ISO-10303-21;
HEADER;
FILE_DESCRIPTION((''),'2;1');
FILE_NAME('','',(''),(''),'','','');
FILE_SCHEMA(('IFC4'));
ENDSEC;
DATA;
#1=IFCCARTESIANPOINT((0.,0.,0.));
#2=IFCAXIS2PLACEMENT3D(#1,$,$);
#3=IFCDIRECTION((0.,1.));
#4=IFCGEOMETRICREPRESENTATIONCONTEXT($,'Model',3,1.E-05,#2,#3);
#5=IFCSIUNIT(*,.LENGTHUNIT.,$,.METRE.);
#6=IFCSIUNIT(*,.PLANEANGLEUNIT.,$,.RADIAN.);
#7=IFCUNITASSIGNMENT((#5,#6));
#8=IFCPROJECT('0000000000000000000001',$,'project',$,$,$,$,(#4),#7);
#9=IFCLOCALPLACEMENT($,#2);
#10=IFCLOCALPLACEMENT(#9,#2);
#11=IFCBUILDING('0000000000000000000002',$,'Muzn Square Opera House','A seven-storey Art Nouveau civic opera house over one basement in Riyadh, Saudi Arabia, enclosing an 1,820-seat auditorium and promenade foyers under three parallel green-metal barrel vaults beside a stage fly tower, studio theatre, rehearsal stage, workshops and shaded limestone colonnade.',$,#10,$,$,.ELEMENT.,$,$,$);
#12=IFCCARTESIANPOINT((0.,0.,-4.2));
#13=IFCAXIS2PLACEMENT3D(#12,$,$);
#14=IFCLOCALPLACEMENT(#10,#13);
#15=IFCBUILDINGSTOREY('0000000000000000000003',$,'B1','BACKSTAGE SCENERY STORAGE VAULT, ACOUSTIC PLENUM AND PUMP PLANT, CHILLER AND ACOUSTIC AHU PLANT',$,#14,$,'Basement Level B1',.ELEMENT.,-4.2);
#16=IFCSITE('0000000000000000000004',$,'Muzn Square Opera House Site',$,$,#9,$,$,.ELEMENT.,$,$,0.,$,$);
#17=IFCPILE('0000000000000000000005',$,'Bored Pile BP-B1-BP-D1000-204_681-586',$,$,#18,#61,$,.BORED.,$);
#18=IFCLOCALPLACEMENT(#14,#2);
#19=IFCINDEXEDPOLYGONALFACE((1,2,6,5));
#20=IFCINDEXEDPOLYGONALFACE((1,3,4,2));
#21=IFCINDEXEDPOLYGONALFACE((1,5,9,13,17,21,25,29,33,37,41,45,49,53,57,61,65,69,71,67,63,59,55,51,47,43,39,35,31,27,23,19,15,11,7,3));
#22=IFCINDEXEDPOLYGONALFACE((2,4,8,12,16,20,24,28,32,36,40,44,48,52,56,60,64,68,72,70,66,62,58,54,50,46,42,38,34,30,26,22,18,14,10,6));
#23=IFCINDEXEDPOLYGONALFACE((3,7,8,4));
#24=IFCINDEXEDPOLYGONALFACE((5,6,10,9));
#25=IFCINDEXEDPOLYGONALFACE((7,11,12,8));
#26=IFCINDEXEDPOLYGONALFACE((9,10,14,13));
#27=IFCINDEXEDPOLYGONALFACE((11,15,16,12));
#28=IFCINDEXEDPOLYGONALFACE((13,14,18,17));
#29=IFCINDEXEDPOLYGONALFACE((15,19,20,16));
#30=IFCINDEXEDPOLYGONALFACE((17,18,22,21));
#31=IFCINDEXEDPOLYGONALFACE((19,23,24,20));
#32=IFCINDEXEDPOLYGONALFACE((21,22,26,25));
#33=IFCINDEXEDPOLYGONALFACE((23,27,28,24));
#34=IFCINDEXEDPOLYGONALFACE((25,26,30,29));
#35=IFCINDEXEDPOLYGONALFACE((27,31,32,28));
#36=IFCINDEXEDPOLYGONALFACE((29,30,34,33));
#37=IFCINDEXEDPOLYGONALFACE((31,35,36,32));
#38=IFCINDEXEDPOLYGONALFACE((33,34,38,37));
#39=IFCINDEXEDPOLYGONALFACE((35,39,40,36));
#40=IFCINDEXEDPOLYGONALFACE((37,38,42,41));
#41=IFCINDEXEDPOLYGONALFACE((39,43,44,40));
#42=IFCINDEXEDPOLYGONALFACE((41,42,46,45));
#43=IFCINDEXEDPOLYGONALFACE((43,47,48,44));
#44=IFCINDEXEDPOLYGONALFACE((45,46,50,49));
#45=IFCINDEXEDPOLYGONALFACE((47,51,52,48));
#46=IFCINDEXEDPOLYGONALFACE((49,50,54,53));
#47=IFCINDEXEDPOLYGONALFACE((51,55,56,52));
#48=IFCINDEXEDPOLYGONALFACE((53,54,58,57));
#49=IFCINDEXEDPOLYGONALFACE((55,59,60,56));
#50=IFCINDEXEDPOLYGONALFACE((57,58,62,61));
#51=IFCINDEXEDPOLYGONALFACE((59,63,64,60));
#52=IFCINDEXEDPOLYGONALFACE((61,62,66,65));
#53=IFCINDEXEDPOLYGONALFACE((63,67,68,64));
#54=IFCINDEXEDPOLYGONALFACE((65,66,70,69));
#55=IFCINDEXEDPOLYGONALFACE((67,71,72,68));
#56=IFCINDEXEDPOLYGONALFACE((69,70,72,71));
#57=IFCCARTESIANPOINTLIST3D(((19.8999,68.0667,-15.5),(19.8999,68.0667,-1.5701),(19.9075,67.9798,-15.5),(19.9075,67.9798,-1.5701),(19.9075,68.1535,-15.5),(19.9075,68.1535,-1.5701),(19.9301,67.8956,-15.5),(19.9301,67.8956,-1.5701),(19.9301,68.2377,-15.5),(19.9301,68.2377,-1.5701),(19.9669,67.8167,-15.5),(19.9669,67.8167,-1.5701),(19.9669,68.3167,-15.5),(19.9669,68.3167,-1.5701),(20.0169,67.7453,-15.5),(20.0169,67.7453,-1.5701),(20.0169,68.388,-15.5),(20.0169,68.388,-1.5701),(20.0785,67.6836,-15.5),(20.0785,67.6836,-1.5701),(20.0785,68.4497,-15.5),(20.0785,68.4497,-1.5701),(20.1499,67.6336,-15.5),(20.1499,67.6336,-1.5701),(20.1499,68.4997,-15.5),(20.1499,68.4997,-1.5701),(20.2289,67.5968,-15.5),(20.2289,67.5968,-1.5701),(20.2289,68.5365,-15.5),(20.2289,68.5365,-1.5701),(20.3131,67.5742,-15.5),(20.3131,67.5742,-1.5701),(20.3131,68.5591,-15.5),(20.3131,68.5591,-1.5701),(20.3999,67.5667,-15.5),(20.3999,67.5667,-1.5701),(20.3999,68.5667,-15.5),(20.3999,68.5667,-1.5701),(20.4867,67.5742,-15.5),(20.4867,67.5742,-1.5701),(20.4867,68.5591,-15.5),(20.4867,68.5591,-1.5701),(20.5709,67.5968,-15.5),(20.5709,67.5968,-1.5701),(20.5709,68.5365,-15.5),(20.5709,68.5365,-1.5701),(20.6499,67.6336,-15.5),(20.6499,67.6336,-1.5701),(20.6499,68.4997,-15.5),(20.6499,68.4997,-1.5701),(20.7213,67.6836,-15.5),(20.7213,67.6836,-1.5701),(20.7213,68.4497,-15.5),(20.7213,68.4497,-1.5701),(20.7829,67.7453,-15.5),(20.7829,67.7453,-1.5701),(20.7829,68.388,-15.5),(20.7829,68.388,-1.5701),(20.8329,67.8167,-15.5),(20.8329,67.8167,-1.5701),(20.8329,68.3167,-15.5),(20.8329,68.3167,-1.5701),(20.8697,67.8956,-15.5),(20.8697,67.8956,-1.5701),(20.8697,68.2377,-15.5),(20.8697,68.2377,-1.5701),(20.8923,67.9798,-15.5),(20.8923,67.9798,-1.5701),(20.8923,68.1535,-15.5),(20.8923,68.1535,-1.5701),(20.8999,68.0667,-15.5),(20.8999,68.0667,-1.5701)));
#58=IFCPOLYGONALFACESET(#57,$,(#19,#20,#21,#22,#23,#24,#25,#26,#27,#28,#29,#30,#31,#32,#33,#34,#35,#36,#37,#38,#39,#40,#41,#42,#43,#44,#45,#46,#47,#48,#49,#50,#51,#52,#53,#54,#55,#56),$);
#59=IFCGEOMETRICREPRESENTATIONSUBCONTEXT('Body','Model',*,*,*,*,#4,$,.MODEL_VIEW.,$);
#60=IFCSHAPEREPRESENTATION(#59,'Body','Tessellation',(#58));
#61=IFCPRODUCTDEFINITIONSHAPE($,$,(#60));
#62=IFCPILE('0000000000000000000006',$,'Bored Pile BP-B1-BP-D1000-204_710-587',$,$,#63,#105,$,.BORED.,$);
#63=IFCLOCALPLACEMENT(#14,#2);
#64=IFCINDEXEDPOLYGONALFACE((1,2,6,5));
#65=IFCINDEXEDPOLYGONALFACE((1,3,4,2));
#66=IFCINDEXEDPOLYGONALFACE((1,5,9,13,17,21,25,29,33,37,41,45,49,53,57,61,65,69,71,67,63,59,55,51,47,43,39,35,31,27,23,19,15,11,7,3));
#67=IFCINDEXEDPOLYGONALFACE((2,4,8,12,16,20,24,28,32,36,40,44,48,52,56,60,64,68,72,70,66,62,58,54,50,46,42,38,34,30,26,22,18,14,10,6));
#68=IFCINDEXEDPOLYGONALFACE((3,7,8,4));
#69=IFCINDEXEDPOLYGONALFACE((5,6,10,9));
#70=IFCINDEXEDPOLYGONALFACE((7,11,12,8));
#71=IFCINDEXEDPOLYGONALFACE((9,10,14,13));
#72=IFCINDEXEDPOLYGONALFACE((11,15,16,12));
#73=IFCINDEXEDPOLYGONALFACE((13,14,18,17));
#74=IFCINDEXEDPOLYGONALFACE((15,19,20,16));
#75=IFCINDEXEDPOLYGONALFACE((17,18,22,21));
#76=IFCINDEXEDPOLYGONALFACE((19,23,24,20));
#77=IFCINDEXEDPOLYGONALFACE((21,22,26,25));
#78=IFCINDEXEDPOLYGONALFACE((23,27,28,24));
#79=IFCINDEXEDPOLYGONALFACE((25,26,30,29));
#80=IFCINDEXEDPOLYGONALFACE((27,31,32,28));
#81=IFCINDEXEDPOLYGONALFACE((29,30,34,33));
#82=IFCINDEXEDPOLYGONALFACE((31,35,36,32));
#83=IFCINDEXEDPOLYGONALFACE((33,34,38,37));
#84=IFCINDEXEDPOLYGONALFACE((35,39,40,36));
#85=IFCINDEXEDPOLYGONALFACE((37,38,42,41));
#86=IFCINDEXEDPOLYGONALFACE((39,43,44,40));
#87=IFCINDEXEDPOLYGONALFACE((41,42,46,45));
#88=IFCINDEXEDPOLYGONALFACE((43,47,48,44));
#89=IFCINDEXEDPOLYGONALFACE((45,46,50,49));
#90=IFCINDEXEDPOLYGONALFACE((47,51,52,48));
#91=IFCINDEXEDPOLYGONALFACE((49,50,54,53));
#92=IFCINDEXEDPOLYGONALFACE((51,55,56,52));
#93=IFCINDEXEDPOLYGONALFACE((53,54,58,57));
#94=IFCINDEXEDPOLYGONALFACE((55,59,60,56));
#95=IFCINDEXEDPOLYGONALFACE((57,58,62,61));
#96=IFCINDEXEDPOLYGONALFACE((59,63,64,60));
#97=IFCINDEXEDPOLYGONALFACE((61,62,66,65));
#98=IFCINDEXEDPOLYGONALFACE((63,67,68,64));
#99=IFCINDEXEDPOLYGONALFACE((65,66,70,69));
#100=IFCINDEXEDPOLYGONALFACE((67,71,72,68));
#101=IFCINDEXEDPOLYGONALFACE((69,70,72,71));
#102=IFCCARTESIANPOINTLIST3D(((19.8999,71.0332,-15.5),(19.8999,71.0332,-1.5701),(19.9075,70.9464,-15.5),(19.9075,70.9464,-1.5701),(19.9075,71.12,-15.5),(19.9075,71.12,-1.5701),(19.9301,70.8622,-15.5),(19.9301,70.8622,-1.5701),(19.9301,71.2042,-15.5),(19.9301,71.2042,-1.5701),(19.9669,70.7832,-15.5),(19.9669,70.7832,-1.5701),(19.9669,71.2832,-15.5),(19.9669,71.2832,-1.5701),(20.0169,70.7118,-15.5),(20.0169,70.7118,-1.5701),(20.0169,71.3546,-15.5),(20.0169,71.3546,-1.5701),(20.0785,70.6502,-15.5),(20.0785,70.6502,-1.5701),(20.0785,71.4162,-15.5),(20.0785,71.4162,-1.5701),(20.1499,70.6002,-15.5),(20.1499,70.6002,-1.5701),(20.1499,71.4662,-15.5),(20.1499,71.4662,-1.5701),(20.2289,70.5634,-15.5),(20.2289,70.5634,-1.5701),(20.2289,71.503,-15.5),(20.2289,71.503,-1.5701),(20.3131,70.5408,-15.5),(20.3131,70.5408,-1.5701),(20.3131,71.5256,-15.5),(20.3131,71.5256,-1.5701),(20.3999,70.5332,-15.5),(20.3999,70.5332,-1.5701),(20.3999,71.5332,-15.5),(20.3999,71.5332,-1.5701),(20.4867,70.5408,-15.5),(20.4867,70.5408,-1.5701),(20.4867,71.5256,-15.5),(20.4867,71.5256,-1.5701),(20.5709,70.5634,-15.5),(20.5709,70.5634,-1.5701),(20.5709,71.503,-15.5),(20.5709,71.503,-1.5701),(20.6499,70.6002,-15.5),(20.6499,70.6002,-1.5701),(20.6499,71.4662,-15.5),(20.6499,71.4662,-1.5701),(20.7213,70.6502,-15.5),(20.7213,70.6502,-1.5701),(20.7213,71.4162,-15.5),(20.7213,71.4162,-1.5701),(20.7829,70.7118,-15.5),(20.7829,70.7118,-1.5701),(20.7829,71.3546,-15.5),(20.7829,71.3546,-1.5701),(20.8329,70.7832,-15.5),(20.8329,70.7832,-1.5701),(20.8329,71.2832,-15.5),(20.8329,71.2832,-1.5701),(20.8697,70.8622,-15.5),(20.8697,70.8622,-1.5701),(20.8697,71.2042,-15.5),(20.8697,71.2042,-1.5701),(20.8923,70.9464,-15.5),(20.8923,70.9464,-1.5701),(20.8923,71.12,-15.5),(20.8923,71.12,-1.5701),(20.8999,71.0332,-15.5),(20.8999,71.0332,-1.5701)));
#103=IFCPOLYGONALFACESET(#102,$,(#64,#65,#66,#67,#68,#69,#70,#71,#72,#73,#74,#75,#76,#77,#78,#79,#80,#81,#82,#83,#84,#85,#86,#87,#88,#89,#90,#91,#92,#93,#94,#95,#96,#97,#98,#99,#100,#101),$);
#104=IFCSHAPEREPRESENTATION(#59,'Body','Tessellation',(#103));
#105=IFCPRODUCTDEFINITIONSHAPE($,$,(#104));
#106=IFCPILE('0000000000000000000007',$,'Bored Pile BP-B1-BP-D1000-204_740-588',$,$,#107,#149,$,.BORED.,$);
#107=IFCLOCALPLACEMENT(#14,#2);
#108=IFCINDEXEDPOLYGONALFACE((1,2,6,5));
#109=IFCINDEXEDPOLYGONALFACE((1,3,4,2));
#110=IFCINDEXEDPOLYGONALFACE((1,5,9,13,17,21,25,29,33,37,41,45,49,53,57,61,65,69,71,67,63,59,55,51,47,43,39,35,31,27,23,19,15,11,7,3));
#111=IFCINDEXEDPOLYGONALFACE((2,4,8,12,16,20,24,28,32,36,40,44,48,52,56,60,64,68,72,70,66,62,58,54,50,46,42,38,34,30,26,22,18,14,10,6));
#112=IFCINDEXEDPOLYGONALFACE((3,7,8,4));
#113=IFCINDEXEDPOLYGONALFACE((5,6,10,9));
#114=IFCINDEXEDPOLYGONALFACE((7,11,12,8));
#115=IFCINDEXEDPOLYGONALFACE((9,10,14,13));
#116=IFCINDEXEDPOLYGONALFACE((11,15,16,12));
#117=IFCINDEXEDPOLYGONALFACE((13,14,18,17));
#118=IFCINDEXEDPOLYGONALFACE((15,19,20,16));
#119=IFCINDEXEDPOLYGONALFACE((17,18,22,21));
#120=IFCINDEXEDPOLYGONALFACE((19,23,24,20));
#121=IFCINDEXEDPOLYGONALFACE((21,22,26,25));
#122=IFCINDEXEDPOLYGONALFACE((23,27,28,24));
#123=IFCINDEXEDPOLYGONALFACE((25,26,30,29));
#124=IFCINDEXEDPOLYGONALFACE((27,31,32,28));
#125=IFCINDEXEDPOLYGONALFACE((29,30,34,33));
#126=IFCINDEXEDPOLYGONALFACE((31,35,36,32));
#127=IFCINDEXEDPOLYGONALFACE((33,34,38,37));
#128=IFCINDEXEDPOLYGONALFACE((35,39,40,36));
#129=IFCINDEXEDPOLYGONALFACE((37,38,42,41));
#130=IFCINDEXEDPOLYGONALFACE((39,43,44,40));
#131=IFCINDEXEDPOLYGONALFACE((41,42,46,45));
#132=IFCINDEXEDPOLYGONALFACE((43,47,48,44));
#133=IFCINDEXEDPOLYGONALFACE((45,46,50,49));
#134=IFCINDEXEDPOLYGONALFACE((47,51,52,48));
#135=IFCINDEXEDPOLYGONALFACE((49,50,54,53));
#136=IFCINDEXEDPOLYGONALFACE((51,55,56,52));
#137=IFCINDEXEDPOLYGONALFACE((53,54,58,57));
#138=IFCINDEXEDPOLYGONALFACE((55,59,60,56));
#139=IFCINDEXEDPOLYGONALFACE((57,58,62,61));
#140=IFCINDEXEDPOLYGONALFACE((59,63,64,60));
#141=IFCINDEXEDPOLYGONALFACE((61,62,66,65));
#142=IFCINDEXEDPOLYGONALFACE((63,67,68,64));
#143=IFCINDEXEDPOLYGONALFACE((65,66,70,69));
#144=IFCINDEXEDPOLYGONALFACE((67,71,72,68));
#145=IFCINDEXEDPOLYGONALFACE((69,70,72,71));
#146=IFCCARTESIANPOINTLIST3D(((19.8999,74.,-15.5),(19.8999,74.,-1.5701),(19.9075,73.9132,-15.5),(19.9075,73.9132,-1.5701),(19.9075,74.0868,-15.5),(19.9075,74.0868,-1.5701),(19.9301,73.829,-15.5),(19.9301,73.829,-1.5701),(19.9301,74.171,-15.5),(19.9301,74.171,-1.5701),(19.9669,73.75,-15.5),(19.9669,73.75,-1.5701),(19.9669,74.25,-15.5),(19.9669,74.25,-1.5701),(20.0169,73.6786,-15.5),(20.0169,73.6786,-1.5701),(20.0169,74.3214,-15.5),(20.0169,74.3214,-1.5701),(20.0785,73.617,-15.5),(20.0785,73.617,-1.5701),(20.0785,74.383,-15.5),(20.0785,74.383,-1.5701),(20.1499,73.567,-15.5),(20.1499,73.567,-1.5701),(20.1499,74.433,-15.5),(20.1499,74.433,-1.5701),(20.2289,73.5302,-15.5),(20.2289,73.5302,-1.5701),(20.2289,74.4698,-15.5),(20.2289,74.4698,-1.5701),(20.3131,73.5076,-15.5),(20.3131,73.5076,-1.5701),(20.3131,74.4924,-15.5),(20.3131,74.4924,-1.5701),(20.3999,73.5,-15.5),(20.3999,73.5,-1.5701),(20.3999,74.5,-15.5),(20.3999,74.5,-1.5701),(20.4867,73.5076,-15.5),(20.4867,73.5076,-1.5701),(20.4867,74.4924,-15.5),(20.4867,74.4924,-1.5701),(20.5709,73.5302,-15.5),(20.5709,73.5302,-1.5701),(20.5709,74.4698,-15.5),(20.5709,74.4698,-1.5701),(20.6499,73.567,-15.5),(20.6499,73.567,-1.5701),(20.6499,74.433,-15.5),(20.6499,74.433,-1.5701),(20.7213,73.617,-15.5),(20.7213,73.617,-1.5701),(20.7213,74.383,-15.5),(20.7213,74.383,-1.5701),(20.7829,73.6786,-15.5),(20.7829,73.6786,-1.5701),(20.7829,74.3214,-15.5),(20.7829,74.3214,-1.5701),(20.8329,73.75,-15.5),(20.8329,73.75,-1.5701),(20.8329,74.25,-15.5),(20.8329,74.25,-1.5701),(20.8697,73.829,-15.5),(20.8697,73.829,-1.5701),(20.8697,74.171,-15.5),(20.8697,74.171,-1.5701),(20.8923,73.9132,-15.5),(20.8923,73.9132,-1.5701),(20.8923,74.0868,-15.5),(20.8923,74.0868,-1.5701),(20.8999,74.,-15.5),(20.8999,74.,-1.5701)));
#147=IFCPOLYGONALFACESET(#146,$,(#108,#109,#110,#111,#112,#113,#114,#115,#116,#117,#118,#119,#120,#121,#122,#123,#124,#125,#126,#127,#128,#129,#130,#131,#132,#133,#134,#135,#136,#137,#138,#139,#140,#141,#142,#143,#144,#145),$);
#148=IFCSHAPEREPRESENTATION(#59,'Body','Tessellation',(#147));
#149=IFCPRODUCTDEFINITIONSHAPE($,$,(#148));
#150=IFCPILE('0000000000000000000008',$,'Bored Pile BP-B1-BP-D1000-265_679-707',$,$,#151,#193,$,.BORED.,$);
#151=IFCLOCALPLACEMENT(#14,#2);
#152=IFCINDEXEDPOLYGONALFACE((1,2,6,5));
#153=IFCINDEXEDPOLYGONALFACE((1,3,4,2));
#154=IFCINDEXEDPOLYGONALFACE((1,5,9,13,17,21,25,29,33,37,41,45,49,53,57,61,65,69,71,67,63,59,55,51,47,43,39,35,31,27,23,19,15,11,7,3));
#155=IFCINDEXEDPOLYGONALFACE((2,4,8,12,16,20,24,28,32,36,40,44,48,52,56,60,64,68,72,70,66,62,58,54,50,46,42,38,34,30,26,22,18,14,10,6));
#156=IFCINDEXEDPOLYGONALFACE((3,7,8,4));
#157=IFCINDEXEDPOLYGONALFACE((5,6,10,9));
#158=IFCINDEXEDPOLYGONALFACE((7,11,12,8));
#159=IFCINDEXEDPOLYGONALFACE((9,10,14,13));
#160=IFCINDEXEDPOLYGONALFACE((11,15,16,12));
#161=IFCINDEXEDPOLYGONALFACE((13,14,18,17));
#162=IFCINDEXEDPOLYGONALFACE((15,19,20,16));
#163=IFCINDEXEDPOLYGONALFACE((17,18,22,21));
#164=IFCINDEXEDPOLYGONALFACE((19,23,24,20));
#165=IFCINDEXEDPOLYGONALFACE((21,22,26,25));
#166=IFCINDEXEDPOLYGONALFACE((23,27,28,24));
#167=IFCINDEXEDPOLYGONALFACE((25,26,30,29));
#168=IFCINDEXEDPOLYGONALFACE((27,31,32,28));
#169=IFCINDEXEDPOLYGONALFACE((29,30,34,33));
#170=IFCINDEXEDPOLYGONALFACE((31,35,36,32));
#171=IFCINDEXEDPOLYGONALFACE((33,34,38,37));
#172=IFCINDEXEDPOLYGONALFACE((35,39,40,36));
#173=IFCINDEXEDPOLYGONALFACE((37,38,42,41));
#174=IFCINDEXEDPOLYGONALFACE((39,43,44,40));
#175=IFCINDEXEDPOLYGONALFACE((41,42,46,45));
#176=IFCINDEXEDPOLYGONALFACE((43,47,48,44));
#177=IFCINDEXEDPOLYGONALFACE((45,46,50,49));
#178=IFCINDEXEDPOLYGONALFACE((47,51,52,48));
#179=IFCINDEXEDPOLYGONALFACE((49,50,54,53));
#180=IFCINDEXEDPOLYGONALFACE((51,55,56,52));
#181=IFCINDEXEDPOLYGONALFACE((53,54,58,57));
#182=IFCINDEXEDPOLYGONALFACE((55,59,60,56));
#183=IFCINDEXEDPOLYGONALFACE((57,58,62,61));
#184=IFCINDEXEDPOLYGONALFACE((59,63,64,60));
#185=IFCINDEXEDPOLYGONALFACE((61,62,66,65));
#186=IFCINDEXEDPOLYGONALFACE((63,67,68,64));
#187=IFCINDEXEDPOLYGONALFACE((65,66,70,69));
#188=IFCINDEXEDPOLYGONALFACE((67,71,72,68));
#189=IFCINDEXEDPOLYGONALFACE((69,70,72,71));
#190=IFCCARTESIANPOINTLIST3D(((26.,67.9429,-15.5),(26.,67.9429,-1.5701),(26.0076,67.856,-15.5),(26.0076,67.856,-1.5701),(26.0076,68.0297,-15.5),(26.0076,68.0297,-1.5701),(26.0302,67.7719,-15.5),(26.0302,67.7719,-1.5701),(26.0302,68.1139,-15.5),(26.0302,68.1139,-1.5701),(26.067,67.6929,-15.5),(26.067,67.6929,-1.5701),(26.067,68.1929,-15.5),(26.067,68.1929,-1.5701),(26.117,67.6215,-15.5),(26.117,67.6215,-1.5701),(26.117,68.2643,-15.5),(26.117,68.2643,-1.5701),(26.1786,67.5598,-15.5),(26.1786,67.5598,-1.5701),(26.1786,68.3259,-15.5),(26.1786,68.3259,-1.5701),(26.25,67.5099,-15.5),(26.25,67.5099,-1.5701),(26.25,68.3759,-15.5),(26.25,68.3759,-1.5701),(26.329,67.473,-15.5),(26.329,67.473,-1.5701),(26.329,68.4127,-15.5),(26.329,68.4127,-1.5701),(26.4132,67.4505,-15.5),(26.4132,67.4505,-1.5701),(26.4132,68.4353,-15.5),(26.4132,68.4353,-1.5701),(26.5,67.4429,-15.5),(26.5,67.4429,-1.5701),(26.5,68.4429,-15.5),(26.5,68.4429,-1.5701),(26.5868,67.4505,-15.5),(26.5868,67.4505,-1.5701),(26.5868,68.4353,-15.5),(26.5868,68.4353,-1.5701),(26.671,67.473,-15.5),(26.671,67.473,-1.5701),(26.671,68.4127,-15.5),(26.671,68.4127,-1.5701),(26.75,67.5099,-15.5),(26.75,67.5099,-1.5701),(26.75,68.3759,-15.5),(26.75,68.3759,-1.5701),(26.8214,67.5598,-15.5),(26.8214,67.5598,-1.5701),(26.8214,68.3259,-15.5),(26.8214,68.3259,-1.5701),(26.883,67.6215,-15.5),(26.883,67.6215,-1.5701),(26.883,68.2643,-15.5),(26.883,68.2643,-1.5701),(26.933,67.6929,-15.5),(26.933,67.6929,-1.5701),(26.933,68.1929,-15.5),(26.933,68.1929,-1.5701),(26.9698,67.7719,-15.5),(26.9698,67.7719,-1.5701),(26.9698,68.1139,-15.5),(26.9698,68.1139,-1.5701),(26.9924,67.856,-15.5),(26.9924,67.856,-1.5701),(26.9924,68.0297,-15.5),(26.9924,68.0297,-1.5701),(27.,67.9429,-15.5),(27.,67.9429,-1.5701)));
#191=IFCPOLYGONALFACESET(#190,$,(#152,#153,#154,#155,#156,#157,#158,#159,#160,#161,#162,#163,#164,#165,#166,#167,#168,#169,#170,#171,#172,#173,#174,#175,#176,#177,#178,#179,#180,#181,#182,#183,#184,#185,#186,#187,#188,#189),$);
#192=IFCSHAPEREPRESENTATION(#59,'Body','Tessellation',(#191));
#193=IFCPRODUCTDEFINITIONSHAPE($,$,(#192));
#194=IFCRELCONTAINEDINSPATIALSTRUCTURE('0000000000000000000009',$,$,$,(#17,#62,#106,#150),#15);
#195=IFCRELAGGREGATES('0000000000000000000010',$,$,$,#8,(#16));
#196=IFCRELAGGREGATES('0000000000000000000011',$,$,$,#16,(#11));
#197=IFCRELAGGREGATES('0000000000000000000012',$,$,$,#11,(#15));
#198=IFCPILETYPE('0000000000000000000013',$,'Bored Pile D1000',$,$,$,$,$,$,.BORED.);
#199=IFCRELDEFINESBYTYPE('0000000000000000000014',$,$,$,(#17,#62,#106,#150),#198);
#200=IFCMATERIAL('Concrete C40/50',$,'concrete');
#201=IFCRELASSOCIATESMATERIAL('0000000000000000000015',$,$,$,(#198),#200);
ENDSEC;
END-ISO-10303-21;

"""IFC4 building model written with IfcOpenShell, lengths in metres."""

from ifc_helpers import new_model, si_unit, direction, frame, origin, origin_2d, place, context, subcontext, project, spatial, circle, extrude, material, material_profile, profile_set, type_object, element, save


model = new_model("IFC4")

# Units and contexts
model_context = context("Model", 3, precision=1e-05, world=origin(), true_north=direction((0.0, 1.0)))
body_context = subcontext(model_context, "Body", "Model", "MODEL_VIEW")
ifc_project = project(units=[si_unit("LENGTHUNIT", "METRE"), si_unit("PLANEANGLEUNIT", "RADIAN")], contexts=[model_context])

# Site, building, storey
site_placement = place(None, origin())
site = spatial("IfcSite", under=ifc_project, at=site_placement, Name="Muzn Square Opera House Site", CompositionType="ELEMENT", RefElevation=0.0)
building_placement = place(site_placement, origin())
building = spatial("IfcBuilding", under=site, at=building_placement, Name="Muzn Square Opera House", Description="A seven-storey Art Nouveau civic opera house over one basement in Riyadh, Saudi Arabia, enclosing an 1,820-seat auditorium and promenade foyers under three parallel green-metal barrel vaults beside a stage fly tower, studio theatre, rehearsal stage, workshops and shaded limestone colonnade.", CompositionType="ELEMENT")
storey_placement = place(building_placement, frame((0.0, 0.0, -4.2)))
storey = spatial("IfcBuildingStorey", under=building, at=storey_placement, Name="B1", Description="BACKSTAGE SCENERY STORAGE VAULT, ACOUSTIC PLENUM AND PUMP PLANT, CHILLER AND ACOUSTIC AHU PLANT", LongName="Basement Level B1", CompositionType="ELEMENT", Elevation=-4.2)

# Piles
ifc_material_1 = material(Name="Concrete C40/50", Category="concrete")
ifc_material_profile_1 = material_profile(ifc_material_1, circle(Radius=0.5, at=origin_2d()), Name="BORED PILE D1000", Category="concrete")
ifc_profile_set_1 = profile_set([ifc_material_profile_1], Name="Concrete C40/50")
pile_type = type_object("IfcPileType", Name="Bored Pile D1000", PredefinedType="BORED", material=ifc_profile_set_1)
for number, where, z_axis, x_axis, name in (
    (1, (20.3999, 68.0667, -1.5701), (0.0, 0.0, -1.0), (1.0, 0.0, 0.0), "Bored Pile BP-B1-BP-D1000-204_681-586"),
    (2, (20.3999, 71.0332, -1.5701), (0.0, 0.0, -1.0), (1.0, 0.0, 0.0), "Bored Pile BP-B1-BP-D1000-204_710-587"),
    (3, (20.3999, 74.0, -1.5701), (0.0, 0.0, -1.0), (1.0, 0.0, 0.0), "Bored Pile BP-B1-BP-D1000-204_740-588"),
    (4, (26.5, 67.9429, -1.5701), (0.0, 0.0, -1.0), (1.0, 0.0, 0.0), "Bored Pile BP-B1-BP-D1000-265_679-707"),
):
    element("IfcPile", number, at=place(storey_placement, frame(where, z_axis=z_axis, x_axis=x_axis)), inside=storey, type_object=pile_type, Name=name, PredefinedType="BORED", context=body_context, shape_type="SweptSolid", body=[
        extrude(circle(Radius=0.5, at=origin_2d()), origin(), (0.0, 0.0, 1.0), 13.9299),
    ])

save(model, "model.ifc")
